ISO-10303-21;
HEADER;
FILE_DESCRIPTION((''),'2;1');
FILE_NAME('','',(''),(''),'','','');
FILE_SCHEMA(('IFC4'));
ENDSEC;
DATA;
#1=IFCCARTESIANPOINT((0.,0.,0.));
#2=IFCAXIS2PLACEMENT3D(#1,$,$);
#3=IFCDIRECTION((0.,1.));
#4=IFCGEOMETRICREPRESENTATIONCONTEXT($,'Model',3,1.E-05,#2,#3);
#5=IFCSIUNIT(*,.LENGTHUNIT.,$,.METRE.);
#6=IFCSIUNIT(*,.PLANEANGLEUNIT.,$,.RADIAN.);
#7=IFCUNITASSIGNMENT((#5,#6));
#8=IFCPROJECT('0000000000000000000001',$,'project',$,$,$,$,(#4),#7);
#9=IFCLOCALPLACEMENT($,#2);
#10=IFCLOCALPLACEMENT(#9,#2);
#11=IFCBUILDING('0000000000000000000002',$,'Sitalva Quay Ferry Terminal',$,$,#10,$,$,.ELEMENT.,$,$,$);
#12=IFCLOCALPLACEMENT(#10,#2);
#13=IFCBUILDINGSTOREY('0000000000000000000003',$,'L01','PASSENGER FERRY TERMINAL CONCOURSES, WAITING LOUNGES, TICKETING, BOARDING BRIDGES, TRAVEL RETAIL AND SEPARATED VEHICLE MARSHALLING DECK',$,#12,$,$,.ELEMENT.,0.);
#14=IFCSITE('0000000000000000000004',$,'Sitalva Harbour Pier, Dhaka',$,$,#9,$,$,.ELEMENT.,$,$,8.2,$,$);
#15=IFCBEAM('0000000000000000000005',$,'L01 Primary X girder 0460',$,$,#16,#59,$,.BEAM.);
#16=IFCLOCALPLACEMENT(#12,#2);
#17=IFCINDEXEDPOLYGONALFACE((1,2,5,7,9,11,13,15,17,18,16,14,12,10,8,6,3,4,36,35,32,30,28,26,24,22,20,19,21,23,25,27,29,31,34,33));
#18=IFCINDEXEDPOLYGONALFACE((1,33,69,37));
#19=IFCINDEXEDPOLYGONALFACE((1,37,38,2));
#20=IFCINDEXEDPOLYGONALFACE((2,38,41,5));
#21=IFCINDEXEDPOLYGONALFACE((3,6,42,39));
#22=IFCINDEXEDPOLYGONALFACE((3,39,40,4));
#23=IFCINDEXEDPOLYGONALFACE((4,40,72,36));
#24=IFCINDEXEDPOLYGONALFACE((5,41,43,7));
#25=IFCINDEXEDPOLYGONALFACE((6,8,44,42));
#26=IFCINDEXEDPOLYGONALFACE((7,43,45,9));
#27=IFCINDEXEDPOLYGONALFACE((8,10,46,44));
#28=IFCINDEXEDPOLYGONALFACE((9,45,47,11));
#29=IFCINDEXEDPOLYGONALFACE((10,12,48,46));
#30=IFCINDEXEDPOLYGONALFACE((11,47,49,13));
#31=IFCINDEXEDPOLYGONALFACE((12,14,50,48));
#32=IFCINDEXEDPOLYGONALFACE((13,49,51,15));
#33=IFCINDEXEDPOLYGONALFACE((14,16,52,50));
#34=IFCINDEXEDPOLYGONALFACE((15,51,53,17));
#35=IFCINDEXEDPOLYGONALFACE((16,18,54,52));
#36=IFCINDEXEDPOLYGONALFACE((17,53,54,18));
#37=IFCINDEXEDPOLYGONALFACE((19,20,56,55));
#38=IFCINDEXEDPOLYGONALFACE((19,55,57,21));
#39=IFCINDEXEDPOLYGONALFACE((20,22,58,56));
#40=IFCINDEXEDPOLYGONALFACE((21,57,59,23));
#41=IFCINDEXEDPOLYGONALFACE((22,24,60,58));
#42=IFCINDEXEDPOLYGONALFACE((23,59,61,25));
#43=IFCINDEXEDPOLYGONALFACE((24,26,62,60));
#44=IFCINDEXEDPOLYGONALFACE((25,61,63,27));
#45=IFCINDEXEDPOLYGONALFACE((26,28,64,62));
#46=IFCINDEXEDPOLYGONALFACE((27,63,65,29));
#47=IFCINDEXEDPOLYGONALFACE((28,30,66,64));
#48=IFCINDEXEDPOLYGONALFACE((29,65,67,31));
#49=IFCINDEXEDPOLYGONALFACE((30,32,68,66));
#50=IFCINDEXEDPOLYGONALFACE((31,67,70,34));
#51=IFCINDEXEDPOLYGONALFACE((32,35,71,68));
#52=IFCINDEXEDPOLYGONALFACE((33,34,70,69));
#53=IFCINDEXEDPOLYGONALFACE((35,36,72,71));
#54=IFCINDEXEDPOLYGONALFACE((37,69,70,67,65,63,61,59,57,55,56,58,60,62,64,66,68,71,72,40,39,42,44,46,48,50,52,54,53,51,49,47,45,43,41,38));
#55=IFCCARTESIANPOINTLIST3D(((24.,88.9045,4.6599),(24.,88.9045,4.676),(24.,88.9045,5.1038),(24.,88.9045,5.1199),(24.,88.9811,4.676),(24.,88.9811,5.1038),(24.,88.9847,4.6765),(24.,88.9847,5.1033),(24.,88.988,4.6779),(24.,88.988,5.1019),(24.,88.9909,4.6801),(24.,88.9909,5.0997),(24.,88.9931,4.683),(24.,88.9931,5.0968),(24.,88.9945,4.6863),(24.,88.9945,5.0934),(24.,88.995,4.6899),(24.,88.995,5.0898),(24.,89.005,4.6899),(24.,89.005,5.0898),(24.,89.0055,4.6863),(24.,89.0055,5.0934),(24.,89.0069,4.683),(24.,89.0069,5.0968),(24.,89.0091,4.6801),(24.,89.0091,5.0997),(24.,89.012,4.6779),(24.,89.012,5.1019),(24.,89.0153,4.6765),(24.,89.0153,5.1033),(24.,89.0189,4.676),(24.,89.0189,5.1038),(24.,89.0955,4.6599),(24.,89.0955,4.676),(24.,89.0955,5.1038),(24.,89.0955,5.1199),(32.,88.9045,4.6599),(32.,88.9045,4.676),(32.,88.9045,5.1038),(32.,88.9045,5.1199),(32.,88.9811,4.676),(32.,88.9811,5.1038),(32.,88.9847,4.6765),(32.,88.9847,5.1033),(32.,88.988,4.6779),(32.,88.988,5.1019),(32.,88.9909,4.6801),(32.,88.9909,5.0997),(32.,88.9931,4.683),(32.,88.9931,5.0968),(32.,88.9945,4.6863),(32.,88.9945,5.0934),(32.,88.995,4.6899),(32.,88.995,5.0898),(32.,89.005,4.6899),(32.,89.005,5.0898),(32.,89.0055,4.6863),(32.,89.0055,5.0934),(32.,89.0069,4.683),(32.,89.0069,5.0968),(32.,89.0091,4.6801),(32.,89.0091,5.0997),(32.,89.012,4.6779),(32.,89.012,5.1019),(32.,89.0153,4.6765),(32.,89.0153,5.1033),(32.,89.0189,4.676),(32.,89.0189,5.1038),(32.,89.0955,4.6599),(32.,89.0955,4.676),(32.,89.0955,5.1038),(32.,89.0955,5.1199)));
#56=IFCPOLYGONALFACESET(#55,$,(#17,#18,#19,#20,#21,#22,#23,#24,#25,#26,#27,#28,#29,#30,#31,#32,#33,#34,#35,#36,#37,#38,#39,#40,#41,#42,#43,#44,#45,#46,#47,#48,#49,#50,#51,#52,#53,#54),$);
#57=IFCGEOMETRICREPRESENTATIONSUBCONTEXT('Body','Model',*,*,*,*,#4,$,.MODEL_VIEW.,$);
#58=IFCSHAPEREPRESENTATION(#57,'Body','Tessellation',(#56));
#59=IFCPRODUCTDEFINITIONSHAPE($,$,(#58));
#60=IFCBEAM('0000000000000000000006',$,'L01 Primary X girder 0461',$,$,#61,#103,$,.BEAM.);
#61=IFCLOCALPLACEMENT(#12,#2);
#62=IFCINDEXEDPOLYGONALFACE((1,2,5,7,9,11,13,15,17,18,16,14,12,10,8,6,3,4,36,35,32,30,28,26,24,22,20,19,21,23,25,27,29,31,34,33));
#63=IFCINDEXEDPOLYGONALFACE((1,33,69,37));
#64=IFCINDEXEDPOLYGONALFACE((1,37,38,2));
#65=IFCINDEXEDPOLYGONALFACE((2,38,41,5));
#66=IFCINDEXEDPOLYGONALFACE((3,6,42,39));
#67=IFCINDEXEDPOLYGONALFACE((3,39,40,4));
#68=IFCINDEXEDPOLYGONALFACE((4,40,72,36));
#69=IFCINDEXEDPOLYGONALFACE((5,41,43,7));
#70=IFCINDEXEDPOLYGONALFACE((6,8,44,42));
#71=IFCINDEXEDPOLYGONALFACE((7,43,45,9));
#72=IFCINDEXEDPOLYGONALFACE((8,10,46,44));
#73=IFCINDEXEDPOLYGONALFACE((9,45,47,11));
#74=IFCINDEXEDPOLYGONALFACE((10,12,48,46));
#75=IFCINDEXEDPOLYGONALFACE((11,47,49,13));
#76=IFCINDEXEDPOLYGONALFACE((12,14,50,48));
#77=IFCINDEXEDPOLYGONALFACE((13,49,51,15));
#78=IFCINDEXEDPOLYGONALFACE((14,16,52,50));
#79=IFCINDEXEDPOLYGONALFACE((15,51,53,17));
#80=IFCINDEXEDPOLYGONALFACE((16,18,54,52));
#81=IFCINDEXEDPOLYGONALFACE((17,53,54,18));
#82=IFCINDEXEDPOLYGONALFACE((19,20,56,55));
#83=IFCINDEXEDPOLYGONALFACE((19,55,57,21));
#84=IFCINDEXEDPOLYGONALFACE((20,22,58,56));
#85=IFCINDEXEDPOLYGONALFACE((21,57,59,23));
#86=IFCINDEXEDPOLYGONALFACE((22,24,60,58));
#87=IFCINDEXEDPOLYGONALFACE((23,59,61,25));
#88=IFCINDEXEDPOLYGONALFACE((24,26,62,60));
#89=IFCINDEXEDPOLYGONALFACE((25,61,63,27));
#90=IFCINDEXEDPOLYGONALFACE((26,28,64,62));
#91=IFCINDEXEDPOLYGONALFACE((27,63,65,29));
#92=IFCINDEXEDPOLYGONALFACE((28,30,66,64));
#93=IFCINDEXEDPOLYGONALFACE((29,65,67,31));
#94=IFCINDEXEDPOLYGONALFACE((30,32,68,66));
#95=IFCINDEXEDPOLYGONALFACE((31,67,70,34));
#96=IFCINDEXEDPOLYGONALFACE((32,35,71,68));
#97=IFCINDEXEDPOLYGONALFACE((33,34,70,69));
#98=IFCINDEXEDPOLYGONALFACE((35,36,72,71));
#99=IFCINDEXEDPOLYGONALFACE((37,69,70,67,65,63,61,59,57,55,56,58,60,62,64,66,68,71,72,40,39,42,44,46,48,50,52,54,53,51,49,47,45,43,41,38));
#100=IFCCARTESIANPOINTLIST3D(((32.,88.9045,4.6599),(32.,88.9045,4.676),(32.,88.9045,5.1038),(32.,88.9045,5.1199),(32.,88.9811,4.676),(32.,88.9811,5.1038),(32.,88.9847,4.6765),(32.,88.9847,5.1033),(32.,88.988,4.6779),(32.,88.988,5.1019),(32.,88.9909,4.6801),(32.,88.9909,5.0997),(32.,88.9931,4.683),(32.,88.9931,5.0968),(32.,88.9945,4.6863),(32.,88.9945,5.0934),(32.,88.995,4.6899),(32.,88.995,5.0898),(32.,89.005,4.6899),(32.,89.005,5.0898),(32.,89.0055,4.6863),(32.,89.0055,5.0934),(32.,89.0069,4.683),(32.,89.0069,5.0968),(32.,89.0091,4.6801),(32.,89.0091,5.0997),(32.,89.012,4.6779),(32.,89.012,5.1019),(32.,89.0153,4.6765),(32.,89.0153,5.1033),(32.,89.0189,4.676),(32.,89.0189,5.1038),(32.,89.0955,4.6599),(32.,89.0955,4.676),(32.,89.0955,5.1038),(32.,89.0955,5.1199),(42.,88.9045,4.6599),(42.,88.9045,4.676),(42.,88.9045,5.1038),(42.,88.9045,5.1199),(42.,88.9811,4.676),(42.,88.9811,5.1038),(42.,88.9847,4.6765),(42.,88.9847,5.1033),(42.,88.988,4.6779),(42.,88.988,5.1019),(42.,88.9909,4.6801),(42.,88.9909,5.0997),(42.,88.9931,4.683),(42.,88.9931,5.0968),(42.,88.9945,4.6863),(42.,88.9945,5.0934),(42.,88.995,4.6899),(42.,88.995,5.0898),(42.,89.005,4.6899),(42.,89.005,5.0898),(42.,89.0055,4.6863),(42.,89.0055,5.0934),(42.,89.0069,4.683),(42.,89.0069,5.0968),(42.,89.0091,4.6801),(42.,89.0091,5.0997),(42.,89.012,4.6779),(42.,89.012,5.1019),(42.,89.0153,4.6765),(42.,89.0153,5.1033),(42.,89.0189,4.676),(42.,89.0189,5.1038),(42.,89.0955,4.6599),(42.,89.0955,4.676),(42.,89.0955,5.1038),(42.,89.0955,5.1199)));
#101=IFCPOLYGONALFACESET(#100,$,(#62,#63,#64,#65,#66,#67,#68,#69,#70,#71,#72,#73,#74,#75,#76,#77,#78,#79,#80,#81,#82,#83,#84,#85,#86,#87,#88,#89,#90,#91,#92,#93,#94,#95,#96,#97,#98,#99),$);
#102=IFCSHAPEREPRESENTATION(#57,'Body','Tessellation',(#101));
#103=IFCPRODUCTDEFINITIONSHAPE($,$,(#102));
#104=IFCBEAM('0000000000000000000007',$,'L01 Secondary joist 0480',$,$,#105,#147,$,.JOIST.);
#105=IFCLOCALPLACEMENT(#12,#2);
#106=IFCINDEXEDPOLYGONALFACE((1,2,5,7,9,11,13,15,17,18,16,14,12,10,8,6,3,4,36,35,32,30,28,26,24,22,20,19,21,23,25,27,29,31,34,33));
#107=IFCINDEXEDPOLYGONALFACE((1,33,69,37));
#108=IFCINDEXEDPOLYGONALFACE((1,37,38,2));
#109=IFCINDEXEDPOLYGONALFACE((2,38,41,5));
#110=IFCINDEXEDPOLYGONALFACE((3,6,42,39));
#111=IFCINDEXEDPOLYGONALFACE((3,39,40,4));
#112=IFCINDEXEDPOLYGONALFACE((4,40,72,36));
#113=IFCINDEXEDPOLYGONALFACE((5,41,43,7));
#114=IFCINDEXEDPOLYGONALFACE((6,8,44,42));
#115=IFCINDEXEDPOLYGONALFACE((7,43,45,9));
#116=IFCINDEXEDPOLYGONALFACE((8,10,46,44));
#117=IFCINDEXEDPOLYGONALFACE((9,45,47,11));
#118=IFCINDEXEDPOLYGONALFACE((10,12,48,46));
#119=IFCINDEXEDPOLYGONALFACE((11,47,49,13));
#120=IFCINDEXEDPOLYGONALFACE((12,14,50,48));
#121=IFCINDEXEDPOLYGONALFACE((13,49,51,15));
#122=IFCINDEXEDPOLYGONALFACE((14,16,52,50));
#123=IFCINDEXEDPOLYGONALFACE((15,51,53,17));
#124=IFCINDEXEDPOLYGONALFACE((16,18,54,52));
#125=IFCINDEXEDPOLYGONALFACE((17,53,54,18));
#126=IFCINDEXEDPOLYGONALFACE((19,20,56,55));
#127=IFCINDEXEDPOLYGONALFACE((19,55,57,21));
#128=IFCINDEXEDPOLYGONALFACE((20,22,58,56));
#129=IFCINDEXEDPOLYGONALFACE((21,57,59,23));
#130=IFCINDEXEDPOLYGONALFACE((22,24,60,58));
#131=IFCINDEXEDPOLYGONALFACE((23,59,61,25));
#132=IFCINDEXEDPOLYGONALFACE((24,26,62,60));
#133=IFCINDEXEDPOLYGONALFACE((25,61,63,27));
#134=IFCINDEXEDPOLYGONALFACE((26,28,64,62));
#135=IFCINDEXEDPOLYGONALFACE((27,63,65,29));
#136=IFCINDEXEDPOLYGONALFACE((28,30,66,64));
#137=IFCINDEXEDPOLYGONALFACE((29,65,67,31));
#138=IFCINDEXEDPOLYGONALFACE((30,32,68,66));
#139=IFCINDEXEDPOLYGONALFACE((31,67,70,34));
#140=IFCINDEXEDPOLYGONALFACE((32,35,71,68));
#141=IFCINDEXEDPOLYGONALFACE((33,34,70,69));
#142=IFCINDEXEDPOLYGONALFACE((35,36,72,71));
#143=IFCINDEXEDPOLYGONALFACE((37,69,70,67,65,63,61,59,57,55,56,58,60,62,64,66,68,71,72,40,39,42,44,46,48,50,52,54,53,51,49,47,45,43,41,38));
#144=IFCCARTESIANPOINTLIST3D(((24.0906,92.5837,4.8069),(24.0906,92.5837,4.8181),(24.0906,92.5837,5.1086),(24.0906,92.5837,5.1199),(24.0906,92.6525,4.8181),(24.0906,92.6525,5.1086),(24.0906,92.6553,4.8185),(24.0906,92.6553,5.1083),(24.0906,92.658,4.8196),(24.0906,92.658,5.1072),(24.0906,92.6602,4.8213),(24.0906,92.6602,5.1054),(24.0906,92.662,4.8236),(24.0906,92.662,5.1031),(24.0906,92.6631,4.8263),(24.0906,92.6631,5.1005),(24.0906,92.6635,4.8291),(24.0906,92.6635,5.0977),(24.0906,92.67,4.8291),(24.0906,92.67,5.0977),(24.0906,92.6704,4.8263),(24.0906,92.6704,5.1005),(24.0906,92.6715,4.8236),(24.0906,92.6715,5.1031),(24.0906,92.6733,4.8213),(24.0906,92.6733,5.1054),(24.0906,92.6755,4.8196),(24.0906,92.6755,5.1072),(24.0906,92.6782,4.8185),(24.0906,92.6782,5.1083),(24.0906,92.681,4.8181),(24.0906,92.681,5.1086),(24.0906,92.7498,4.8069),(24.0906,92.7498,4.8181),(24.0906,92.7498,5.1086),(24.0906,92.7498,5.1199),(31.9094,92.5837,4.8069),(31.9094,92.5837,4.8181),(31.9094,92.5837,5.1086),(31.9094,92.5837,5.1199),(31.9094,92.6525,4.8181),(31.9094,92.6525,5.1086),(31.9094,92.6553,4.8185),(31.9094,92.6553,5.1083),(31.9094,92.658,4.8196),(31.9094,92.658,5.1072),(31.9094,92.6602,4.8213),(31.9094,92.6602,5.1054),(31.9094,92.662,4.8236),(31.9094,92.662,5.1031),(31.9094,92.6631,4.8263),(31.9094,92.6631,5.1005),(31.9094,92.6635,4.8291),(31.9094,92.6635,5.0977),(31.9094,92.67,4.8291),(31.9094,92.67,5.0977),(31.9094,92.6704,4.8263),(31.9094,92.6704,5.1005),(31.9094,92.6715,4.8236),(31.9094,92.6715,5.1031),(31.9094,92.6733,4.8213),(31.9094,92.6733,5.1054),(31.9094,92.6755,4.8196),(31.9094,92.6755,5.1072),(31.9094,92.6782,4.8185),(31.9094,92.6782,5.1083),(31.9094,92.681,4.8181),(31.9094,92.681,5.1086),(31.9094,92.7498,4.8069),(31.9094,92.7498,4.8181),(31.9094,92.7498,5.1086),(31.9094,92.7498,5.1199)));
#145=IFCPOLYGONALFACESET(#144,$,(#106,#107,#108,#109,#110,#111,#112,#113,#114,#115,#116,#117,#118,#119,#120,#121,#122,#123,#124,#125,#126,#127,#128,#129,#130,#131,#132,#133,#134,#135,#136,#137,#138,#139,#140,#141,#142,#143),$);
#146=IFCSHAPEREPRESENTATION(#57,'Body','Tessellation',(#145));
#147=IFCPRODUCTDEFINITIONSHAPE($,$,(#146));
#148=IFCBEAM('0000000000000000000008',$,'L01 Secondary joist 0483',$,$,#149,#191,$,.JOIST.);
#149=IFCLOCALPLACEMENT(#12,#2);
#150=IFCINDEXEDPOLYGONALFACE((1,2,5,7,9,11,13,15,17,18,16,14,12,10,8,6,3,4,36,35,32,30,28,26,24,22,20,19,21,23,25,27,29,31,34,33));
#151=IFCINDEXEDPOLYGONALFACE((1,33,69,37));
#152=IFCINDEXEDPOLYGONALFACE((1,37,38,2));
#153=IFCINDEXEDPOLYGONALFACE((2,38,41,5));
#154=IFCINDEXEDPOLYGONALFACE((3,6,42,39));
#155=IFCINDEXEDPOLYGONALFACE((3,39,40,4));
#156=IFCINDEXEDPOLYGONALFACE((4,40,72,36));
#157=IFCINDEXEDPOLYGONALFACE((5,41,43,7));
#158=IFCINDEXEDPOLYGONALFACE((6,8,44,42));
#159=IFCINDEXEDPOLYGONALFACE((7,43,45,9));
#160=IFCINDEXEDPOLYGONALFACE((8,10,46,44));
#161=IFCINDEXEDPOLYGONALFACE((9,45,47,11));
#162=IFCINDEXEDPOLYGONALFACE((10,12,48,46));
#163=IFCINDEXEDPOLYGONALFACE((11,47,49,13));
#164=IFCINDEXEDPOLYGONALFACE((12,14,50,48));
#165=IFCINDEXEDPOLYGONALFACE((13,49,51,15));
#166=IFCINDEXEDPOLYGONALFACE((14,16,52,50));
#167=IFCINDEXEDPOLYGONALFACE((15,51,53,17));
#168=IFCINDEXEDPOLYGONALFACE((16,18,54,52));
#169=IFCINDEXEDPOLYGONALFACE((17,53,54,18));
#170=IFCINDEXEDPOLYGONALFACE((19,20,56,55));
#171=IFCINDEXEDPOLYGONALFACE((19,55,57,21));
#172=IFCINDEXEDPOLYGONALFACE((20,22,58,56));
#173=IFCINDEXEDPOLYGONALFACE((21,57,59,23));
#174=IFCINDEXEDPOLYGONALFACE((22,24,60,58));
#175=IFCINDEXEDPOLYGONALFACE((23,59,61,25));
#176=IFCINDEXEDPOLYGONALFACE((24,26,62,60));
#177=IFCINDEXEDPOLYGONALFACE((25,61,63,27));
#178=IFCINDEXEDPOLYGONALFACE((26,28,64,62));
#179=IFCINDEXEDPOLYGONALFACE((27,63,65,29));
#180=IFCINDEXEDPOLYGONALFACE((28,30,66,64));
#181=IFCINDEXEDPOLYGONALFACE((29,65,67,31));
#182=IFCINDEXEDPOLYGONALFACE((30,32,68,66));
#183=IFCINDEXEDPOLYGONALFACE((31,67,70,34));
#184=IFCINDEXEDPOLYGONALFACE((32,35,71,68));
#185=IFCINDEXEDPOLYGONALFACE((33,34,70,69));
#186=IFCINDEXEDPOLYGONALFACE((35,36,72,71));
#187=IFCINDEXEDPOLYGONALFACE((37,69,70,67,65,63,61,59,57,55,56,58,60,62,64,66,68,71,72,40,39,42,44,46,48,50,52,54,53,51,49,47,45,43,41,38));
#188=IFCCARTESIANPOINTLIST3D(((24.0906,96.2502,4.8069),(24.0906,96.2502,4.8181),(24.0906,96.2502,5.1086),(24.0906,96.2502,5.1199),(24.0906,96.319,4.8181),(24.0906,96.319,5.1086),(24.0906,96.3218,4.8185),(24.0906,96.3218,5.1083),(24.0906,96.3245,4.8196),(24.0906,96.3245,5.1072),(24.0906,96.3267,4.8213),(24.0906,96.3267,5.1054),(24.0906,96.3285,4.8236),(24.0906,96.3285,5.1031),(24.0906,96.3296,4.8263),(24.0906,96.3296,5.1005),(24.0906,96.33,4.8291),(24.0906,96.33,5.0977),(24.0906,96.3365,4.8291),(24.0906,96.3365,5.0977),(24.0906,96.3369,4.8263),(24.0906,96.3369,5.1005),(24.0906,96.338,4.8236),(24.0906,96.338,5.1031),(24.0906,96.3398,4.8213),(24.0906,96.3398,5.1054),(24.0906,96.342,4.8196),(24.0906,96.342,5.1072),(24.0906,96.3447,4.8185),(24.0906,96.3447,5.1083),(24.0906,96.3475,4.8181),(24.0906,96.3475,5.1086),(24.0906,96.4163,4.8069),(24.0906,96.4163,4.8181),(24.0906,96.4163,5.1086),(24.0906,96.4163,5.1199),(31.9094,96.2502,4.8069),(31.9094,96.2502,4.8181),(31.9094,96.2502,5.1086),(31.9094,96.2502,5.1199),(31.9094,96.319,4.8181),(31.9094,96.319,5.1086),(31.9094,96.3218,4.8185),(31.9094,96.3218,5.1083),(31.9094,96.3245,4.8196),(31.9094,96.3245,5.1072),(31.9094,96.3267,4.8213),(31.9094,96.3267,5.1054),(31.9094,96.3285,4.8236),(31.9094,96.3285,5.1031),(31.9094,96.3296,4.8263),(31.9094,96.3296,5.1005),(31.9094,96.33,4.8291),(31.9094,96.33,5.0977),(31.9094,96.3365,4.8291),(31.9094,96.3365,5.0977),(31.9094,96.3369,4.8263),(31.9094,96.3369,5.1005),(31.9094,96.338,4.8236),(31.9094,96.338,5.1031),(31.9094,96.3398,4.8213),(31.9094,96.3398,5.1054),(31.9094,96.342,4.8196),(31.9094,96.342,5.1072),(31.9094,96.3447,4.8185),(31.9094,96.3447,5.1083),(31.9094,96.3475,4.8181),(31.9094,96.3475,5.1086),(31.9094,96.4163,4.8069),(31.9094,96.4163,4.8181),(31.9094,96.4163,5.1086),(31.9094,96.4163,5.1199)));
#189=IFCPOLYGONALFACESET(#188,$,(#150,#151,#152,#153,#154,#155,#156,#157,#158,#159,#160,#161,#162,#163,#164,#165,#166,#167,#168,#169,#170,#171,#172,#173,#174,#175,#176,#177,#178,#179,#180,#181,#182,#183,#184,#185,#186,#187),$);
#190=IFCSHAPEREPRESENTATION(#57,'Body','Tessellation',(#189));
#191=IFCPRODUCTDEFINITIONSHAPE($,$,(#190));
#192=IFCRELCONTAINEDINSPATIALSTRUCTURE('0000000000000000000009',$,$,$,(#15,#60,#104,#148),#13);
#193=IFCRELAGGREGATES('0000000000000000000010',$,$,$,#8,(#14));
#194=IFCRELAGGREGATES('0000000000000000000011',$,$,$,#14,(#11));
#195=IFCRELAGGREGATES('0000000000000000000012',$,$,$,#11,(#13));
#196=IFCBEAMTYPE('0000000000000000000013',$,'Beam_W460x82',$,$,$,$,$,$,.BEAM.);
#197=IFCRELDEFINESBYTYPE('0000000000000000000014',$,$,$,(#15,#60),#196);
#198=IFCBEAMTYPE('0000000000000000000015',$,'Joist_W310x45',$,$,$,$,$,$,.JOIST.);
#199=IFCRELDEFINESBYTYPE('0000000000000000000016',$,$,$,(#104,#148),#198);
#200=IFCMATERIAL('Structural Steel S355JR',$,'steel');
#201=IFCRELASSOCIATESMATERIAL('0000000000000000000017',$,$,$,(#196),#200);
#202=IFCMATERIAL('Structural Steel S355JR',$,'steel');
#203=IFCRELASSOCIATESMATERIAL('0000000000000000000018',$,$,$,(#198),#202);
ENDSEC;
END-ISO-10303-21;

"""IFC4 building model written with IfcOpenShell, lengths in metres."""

from ifc_helpers import new_model, si_unit, direction, frame, origin, origin_2d, place, context, subcontext, project, spatial, i_section, extrude, material, material_profile, profile_set, type_object, element, save


model = new_model("IFC4")

# Units and contexts
model_context = context("Model", 3, precision=1e-05, world=origin(), true_north=direction((0.0, 1.0)))
body_context = subcontext(model_context, "Body", "Model", "MODEL_VIEW")
ifc_project = project(units=[si_unit("LENGTHUNIT", "METRE"), si_unit("PLANEANGLEUNIT", "RADIAN")], contexts=[model_context])

# Site, building, storey
site_placement = place(None, origin())
site = spatial("IfcSite", under=ifc_project, at=site_placement, Name="Sitalva Harbour Pier, Dhaka", CompositionType="ELEMENT", RefElevation=8.2)
building_placement = place(site_placement, origin())
building = spatial("IfcBuilding", under=site, at=building_placement, Name="Sitalva Quay Ferry Terminal", CompositionType="ELEMENT")
storey_placement = place(building_placement, origin())
storey = spatial("IfcBuildingStorey", under=building, at=storey_placement, Name="L01", Description="PASSENGER FERRY TERMINAL CONCOURSES, WAITING LOUNGES, TICKETING, BOARDING BRIDGES, TRAVEL RETAIL AND SEPARATED VEHICLE MARSHALLING DECK", CompositionType="ELEMENT", Elevation=0.0)

# Beams
ifc_material_1 = material(Name="Structural Steel S355JR", Category="steel")
ifc_material_profile_1 = material_profile(ifc_material_1, i_section(OverallWidth=0.1909, OverallDepth=0.46, WebThickness=0.01, FlangeThickness=0.0161, FilletRadius=0.0139, at=origin_2d()), Name="W460x82")
ifc_profile_set_1 = profile_set([ifc_material_profile_1], Name="Structural Steel S355JR")
beam_type_1 = type_object("IfcBeamType", Name="Beam_W460x82", PredefinedType="BEAM", material=ifc_profile_set_1)
beam_1_placement = place(storey_placement, frame((24.0, 89.0, 4.8899), z_axis=(1.0, 0.0, 0.0), x_axis=(0.0, 1.0, 0.0)))
element("IfcBeam", 1, at=beam_1_placement, inside=storey, type_object=beam_type_1, Name="L01 Primary X girder 0460", PredefinedType="BEAM", context=body_context, shape_type="SweptSolid", body=[
    extrude(i_section(OverallWidth=0.1909, OverallDepth=0.46, WebThickness=0.01, FlangeThickness=0.0161, FilletRadius=0.0139, at=origin_2d()), origin(), (0.0, 0.0, 1.0), 8.0),
])
beam_2_placement = place(storey_placement, frame((32.0, 89.0, 4.8899), z_axis=(1.0, 0.0, 0.0), x_axis=(0.0, 1.0, 0.0)))
element("IfcBeam", 2, at=beam_2_placement, inside=storey, type_object=beam_type_1, Name="L01 Primary X girder 0461", PredefinedType="BEAM", context=body_context, shape_type="SweptSolid", body=[
    extrude(i_section(OverallWidth=0.1909, OverallDepth=0.46, WebThickness=0.01, FlangeThickness=0.0161, FilletRadius=0.0139, at=origin_2d()), origin(), (0.0, 0.0, 1.0), 10.0),
])
ifc_material_2 = material(Name="Structural Steel S355JR", Category="steel")
ifc_material_profile_2 = material_profile(ifc_material_2, i_section(OverallWidth=0.166, OverallDepth=0.313, WebThickness=0.0066, FlangeThickness=0.0112, FilletRadius=0.011, at=origin_2d()), Name="W310x45")
ifc_profile_set_2 = profile_set([ifc_material_profile_2], Name="Structural Steel S355JR")
beam_type_2 = type_object("IfcBeamType", Name="Joist_W310x45", PredefinedType="JOIST", material=ifc_profile_set_2)
for number, where, z_axis, x_axis, name in (
    (3, (24.0906, 92.6667, 4.9634), (1.0, 0.0, 0.0), (0.0, 1.0, 0.0), "L01 Secondary joist 0480"),
    (4, (24.0906, 96.3333, 4.9634), (1.0, 0.0, 0.0), (0.0, 1.0, 0.0), "L01 Secondary joist 0483"),
):
    element("IfcBeam", number, at=place(storey_placement, frame(where, z_axis=z_axis, x_axis=x_axis)), inside=storey, type_object=beam_type_2, Name=name, PredefinedType="JOIST", context=body_context, shape_type="SweptSolid", body=[
        extrude(i_section(OverallWidth=0.166, OverallDepth=0.313, WebThickness=0.0066, FlangeThickness=0.0112, FilletRadius=0.011, at=origin_2d()), origin(), (0.0, 0.0, 1.0), 7.8188),
    ])

save(model, "model.ifc")
